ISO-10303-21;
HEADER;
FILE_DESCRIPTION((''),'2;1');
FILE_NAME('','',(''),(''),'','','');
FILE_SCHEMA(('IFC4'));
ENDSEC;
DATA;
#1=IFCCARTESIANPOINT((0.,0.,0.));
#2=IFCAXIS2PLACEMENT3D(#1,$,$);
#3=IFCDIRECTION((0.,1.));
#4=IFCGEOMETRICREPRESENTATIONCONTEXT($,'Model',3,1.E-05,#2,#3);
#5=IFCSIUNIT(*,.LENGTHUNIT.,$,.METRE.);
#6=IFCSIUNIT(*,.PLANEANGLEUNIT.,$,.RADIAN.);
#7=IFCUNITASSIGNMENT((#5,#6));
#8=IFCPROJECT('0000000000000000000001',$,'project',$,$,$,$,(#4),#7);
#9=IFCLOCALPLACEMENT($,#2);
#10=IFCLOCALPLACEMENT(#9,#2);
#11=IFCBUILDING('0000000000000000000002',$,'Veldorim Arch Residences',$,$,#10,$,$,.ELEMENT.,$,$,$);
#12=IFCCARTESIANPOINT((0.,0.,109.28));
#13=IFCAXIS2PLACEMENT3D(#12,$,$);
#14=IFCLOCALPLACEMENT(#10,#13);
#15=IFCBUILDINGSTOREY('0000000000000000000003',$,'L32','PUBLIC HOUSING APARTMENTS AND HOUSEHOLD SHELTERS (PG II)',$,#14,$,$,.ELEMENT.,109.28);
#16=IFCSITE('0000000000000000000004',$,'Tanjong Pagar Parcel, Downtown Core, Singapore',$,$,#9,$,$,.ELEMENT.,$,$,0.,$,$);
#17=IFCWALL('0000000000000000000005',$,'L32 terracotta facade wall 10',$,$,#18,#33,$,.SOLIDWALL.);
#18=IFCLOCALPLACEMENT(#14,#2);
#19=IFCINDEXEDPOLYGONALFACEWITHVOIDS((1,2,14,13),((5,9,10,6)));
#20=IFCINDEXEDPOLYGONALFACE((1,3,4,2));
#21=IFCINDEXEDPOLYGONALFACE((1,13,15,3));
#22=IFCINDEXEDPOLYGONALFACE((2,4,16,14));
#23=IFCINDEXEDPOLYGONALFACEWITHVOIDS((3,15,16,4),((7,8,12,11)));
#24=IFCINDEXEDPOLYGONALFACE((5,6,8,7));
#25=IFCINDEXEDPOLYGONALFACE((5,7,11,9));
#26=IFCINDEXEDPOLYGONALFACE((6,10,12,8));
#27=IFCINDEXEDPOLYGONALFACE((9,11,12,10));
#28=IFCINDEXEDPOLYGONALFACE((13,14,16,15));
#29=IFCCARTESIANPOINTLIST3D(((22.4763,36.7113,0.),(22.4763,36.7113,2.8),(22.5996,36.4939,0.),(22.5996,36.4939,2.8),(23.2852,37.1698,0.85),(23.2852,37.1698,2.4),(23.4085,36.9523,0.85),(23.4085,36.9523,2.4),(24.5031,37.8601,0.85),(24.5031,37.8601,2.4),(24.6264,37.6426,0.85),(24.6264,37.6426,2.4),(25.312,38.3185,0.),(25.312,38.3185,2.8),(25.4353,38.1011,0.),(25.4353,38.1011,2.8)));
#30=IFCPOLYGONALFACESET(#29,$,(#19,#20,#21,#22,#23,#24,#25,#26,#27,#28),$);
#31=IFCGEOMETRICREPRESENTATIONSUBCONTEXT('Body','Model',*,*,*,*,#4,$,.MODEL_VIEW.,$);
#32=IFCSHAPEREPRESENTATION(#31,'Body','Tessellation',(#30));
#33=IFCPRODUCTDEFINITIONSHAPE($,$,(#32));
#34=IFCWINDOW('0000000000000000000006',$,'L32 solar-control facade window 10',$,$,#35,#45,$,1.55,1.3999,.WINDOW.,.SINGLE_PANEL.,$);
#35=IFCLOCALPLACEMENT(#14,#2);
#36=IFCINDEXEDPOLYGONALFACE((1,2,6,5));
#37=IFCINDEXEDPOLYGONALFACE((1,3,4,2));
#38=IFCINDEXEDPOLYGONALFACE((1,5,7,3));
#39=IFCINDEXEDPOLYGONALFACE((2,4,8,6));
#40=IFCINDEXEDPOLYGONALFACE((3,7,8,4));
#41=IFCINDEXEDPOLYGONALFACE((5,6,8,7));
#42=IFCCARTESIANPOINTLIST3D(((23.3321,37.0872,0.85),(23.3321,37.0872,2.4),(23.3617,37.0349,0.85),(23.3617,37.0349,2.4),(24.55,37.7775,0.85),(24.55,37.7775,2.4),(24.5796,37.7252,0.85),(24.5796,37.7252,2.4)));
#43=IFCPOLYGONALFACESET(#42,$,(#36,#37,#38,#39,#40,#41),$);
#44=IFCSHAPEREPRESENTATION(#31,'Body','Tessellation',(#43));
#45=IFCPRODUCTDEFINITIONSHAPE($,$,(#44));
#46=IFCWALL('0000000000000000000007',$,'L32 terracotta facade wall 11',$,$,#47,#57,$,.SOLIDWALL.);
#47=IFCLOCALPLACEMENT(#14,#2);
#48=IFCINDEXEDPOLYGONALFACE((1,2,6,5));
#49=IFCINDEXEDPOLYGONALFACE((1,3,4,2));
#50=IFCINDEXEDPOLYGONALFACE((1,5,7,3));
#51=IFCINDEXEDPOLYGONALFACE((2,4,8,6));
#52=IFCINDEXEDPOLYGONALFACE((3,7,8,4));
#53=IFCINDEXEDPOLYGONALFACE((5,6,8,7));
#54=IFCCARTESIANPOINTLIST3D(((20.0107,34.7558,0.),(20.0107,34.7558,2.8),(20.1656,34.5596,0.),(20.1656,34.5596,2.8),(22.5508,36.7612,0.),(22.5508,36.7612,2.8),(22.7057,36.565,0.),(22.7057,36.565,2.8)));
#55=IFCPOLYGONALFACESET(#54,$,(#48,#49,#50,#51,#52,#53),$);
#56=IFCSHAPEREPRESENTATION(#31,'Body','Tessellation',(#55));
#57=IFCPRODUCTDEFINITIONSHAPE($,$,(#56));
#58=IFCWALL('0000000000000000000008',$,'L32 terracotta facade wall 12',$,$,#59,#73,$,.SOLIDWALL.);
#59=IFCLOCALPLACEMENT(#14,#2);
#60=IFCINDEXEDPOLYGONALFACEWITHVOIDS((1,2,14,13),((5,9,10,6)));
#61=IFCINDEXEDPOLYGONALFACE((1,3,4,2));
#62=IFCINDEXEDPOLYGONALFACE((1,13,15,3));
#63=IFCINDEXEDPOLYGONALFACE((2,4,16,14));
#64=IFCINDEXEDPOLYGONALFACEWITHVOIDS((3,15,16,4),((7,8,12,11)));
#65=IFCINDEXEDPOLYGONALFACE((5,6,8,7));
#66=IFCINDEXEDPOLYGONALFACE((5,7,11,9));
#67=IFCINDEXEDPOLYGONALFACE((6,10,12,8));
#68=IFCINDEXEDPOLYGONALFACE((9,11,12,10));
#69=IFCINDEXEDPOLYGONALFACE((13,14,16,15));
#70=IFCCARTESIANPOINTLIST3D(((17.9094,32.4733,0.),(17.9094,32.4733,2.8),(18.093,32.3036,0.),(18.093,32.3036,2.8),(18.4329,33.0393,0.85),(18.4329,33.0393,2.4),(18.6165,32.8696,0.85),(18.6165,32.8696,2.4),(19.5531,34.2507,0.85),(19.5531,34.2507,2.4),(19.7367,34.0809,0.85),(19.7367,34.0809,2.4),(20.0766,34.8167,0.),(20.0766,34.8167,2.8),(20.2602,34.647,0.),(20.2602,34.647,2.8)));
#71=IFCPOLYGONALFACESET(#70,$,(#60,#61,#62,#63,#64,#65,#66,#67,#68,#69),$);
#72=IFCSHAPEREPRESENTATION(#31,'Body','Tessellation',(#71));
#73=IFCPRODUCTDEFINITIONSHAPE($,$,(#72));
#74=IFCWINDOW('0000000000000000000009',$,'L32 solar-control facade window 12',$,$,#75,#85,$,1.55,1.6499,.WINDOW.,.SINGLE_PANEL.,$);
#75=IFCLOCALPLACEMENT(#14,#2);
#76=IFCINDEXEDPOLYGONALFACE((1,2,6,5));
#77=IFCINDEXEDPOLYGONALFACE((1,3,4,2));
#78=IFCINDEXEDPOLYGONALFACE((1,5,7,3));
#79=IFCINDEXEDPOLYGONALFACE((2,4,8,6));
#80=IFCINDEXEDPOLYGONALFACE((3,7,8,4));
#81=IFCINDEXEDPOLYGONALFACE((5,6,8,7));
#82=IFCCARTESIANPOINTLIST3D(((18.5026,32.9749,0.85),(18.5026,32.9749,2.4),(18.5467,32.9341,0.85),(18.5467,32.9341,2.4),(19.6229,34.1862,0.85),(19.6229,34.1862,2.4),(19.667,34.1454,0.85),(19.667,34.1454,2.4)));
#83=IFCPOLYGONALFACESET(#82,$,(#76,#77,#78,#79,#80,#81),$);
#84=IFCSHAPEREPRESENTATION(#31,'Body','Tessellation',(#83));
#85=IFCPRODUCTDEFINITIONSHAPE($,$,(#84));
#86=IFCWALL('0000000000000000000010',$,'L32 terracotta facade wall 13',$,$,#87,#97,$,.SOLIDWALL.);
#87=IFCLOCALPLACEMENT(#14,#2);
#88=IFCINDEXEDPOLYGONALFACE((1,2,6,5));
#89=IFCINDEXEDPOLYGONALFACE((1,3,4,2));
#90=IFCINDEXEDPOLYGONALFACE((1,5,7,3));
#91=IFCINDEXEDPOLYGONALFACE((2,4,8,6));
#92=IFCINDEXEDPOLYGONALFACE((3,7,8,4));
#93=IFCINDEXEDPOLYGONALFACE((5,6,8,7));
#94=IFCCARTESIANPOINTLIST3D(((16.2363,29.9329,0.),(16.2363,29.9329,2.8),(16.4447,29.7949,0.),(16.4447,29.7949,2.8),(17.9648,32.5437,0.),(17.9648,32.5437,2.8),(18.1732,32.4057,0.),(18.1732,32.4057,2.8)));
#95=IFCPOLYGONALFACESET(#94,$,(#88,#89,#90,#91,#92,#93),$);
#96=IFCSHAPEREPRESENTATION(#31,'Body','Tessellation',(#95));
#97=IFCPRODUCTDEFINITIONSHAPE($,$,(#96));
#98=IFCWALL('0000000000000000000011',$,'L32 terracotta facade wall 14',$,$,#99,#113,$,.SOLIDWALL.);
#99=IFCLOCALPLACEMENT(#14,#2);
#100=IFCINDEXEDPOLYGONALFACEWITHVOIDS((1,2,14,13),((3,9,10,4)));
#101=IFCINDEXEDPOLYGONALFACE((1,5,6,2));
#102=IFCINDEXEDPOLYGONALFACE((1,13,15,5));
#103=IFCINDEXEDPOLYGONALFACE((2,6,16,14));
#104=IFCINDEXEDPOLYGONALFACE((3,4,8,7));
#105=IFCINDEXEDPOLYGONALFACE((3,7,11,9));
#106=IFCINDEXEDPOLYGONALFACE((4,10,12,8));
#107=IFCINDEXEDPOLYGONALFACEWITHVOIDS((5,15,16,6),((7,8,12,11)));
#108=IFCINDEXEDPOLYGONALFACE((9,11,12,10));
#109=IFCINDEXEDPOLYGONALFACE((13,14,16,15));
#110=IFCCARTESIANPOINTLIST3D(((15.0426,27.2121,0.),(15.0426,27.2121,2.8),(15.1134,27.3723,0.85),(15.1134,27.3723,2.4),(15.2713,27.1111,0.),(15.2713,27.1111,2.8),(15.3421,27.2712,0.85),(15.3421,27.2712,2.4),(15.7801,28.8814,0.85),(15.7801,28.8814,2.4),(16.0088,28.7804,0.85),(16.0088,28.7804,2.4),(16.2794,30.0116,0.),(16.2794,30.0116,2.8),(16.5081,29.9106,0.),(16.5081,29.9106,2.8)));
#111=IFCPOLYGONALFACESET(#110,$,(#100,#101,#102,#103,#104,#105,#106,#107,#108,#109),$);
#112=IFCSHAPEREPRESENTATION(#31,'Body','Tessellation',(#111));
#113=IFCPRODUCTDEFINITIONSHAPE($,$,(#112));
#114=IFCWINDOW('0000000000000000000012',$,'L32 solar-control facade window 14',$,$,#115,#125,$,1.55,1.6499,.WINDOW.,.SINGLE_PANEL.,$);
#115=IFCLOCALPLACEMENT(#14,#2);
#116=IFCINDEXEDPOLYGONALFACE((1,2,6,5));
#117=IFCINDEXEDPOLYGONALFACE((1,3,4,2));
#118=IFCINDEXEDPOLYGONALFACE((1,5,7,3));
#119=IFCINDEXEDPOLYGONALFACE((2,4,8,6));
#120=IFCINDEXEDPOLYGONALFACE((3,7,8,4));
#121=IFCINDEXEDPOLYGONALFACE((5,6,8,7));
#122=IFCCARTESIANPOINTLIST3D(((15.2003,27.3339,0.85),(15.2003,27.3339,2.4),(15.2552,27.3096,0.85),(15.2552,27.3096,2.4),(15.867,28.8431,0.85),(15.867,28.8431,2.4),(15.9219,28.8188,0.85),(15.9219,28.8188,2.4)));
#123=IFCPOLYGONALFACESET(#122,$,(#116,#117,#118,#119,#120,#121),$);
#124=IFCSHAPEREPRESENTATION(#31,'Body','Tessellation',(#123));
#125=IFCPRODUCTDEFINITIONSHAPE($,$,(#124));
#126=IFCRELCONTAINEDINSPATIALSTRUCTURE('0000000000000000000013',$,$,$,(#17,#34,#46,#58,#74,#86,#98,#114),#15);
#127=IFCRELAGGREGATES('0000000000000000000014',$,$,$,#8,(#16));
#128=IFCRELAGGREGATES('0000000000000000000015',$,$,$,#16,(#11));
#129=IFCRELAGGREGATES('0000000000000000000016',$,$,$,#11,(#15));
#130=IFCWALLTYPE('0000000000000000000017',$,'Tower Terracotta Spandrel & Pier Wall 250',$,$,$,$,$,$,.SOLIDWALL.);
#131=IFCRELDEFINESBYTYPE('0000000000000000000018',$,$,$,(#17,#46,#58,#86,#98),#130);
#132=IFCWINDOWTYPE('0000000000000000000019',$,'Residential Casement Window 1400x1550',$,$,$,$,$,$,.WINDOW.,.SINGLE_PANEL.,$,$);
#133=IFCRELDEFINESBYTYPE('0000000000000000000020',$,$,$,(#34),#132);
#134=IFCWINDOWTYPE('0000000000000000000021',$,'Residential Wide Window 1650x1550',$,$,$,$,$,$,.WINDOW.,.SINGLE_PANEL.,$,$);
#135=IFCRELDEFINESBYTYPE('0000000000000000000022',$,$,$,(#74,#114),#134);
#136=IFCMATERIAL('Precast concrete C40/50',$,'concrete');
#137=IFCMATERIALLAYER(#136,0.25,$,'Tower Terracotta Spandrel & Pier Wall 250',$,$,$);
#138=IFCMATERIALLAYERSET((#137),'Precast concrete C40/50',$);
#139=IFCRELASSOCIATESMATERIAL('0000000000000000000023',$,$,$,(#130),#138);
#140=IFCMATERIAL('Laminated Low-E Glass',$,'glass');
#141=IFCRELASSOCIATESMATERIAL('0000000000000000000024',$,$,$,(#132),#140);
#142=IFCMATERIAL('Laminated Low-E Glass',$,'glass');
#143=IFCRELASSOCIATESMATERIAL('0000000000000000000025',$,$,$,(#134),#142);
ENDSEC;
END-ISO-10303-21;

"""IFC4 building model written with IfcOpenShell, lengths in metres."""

from ifc_helpers import new_model, si_unit, direction, frame, frame_2d, origin, place, context, subcontext, project, spatial, rectangle, extrude, material, layer, layer_set, type_object, element, fill, save


model = new_model("IFC4")

# Units and contexts
model_context = context("Model", 3, precision=1e-05, world=origin(), true_north=direction((0.0, 1.0)))
body_context = subcontext(model_context, "Body", "Model", "MODEL_VIEW")
ifc_project = project(units=[si_unit("LENGTHUNIT", "METRE"), si_unit("PLANEANGLEUNIT", "RADIAN")], contexts=[model_context])

# Site, building, storey
site_placement = place(None, origin())
site = spatial("IfcSite", under=ifc_project, at=site_placement, Name="Tanjong Pagar Parcel, Downtown Core, Singapore", CompositionType="ELEMENT", RefElevation=0.0)
building_placement = place(site_placement, origin())
building = spatial("IfcBuilding", under=site, at=building_placement, Name="Veldorim Arch Residences", CompositionType="ELEMENT")
storey_placement = place(building_placement, frame((0.0, 0.0, 109.28)))
storey = spatial("IfcBuildingStorey", under=building, at=storey_placement, Name="L32", Description="PUBLIC HOUSING APARTMENTS AND HOUSEHOLD SHELTERS (PG II)", CompositionType="ELEMENT", Elevation=109.28)

# Wall, opening, window
ifc_material_1 = material(Name="Precast concrete C40/50", Category="concrete")
ifc_layer_1 = layer(ifc_material_1, 0.25, Name="Tower Terracotta Spandrel & Pier Wall 250")
ifc_layer_set_1 = layer_set([ifc_layer_1], Name="Precast concrete C40/50")
wall_type_1 = type_object("IfcWallType", Name="Tower Terracotta Spandrel & Pier Wall 250", PredefinedType="SOLIDWALL", material=ifc_layer_set_1)
wall_1_placement = place(storey_placement, frame((22.5378, 36.6025, 0.0), z_axis=(0.0, 0.0, 1.0), x_axis=(0.869985, 0.493079, 0.0)))
wall_1 = element("IfcWall", 1, at=wall_1_placement, inside=storey, type_object=wall_type_1, Name="L32 terracotta facade wall 10", PredefinedType="SOLIDWALL", context=body_context, shape_type="SweptSolid", body=[
    extrude(rectangle(XDim=3.2595, YDim=0.25, at=frame_2d((1.6299, 0.0))), origin(), (0.0, 0.0, 1.0), 2.8),
])
opening_1_placement = place(wall_1_placement, frame((0.9299, 0.0, 0.8501)))
opening_1 = element("IfcOpeningElement", 2, at=opening_1_placement, cuts=wall_1, PredefinedType="OPENING", context=body_context, shape_type="SweptSolid", body=[
    extrude(rectangle(XDim=1.3999, YDim=1.55, at=frame_2d((0.7, 0.7749))), frame((0.0, 0.135, 0.0), z_axis=(0.0, -1.0, 0.0), x_axis=(1.0, 0.0, 0.0)), (0.0, 0.0, 1.0), 0.27),
])
ifc_material_2 = material(Name="Laminated Low-E Glass", Category="glass")
window_type_1 = type_object("IfcWindowType", Name="Residential Casement Window 1400x1550", PartitioningType="SINGLE_PANEL", PredefinedType="WINDOW", material=ifc_material_2)
window_1_placement = place(opening_1_placement, origin())
window_1 = element("IfcWindow", 3, at=window_1_placement, inside=storey, type_object=window_type_1, Name="L32 solar-control facade window 10", OverallHeight=1.55, OverallWidth=1.3999, PartitioningType="SINGLE_PANEL", PredefinedType="WINDOW", context=body_context, shape_type="SweptSolid", body=[
    extrude(rectangle(XDim=1.3999, YDim=1.55, at=frame_2d((0.7, 0.7749))), frame((0.0, 0.03, 0.0), z_axis=(0.0, -1.0, 0.0), x_axis=(1.0, 0.0, 0.0)), (0.0, 0.0, 1.0), 0.0601),
])
fill(opening_1, window_1)

# Wall
wall_2_placement = place(storey_placement, frame((20.0881, 34.6577, 0.0), z_axis=(0.0, 0.0, 1.0), x_axis=(0.784871, 0.619659, 0.0)))
element("IfcWall", 4, at=wall_2_placement, inside=storey, type_object=wall_type_1, Name="L32 terracotta facade wall 11", PredefinedType="SOLIDWALL", context=body_context, shape_type="SweptSolid", body=[
    extrude(rectangle(XDim=3.2363, YDim=0.25, at=frame_2d((1.6182, 0.0))), origin(), (0.0, 0.0, 1.0), 2.8),
])

# Wall, opening, window
wall_3_placement = place(storey_placement, frame((18.0012, 32.3884, 0.0), z_axis=(0.0, 0.0, 1.0), x_axis=(0.678956, 0.734179, 0.0)))
wall_3 = element("IfcWall", 5, at=wall_3_placement, inside=storey, type_object=wall_type_1, Name="L32 terracotta facade wall 12", PredefinedType="SOLIDWALL", context=body_context, shape_type="SweptSolid", body=[
    extrude(rectangle(XDim=3.1919, YDim=0.25, at=frame_2d((1.5959, 0.0))), origin(), (0.0, 0.0, 1.0), 2.8),
])
opening_2_placement = place(wall_3_placement, frame((0.771, 0.0, 0.8501)))
opening_2 = element("IfcOpeningElement", 6, at=opening_2_placement, cuts=wall_3, PredefinedType="OPENING", context=body_context, shape_type="SweptSolid", body=[
    extrude(rectangle(XDim=1.6499, YDim=1.55, at=frame_2d((0.825, 0.7749))), frame((0.0, 0.135, 0.0), z_axis=(0.0, -1.0, 0.0), x_axis=(1.0, 0.0, 0.0)), (0.0, 0.0, 1.0), 0.27),
])
ifc_material_3 = material(Name="Laminated Low-E Glass", Category="glass")
window_type_2 = type_object("IfcWindowType", Name="Residential Wide Window 1650x1550", PartitioningType="SINGLE_PANEL", PredefinedType="WINDOW", material=ifc_material_3)
window_2_placement = place(opening_2_placement, origin())
window_2 = element("IfcWindow", 7, at=window_2_placement, inside=storey, type_object=window_type_2, Name="L32 solar-control facade window 12", OverallHeight=1.55, OverallWidth=1.6499, PartitioningType="SINGLE_PANEL", PredefinedType="WINDOW", context=body_context, shape_type="SweptSolid", body=[
    extrude(rectangle(XDim=1.6499, YDim=1.55, at=frame_2d((0.825, 0.7749))), frame((0.0, 0.03, 0.0), z_axis=(0.0, -1.0, 0.0), x_axis=(1.0, 0.0, 0.0)), (0.0, 0.0, 1.0), 0.0601),
])
fill(opening_2, window_2)

# Wall
wall_4_placement = place(storey_placement, frame((16.3406, 29.864, 0.0), z_axis=(0.0, 0.0, 1.0), x_axis=(0.552034, 0.833821, 0.0)))
element("IfcWall", 8, at=wall_4_placement, inside=storey, type_object=wall_type_1, Name="L32 terracotta facade wall 13", PredefinedType="SOLIDWALL", context=body_context, shape_type="SweptSolid", body=[
    extrude(rectangle(XDim=3.1311, YDim=0.25, at=frame_2d((1.5654, 0.0))), origin(), (0.0, 0.0, 1.0), 2.8),
])

# Wall, opening, window
wall_5_placement = place(storey_placement, frame((15.157, 27.1616, 0.0), z_axis=(0.0, 0.0, 1.0), x_axis=(0.40411, 0.914711, 0.0)))
wall_5 = element("IfcWall", 9, at=wall_5_placement, inside=storey, type_object=wall_type_1, Name="L32 terracotta facade wall 14", PredefinedType="SOLIDWALL", context=body_context, shape_type="SweptSolid", body=[
    extrude(rectangle(XDim=3.0605, YDim=0.25, at=frame_2d((1.5303, 0.0))), origin(), (0.0, 0.0, 1.0), 2.8),
])
opening_3_placement = place(wall_5_placement, frame((0.175, 0.0, 0.8501)))
opening_3 = element("IfcOpeningElement", 10, at=opening_3_placement, cuts=wall_5, PredefinedType="OPENING", context=body_context, shape_type="SweptSolid", body=[
    extrude(rectangle(XDim=1.6499, YDim=1.55, at=frame_2d((0.825, 0.7749))), frame((0.0, 0.135, 0.0), z_axis=(0.0, -1.0, 0.0), x_axis=(1.0, 0.0, 0.0)), (0.0, 0.0, 1.0), 0.27),
])
window_3_placement = place(opening_3_placement, origin())
window_3 = element("IfcWindow", 11, at=window_3_placement, inside=storey, type_object=window_type_2, Name="L32 solar-control facade window 14", OverallHeight=1.55, OverallWidth=1.6499, PartitioningType="SINGLE_PANEL", PredefinedType="WINDOW", context=body_context, shape_type="SweptSolid", body=[
    extrude(rectangle(XDim=1.6499, YDim=1.55, at=frame_2d((0.825, 0.7749))), frame((0.0, 0.03, 0.0), z_axis=(0.0, -1.0, 0.0), x_axis=(1.0, 0.0, 0.0)), (0.0, 0.0, 1.0), 0.0601),
])
fill(opening_3, window_3)

save(model, "model.ifc")
